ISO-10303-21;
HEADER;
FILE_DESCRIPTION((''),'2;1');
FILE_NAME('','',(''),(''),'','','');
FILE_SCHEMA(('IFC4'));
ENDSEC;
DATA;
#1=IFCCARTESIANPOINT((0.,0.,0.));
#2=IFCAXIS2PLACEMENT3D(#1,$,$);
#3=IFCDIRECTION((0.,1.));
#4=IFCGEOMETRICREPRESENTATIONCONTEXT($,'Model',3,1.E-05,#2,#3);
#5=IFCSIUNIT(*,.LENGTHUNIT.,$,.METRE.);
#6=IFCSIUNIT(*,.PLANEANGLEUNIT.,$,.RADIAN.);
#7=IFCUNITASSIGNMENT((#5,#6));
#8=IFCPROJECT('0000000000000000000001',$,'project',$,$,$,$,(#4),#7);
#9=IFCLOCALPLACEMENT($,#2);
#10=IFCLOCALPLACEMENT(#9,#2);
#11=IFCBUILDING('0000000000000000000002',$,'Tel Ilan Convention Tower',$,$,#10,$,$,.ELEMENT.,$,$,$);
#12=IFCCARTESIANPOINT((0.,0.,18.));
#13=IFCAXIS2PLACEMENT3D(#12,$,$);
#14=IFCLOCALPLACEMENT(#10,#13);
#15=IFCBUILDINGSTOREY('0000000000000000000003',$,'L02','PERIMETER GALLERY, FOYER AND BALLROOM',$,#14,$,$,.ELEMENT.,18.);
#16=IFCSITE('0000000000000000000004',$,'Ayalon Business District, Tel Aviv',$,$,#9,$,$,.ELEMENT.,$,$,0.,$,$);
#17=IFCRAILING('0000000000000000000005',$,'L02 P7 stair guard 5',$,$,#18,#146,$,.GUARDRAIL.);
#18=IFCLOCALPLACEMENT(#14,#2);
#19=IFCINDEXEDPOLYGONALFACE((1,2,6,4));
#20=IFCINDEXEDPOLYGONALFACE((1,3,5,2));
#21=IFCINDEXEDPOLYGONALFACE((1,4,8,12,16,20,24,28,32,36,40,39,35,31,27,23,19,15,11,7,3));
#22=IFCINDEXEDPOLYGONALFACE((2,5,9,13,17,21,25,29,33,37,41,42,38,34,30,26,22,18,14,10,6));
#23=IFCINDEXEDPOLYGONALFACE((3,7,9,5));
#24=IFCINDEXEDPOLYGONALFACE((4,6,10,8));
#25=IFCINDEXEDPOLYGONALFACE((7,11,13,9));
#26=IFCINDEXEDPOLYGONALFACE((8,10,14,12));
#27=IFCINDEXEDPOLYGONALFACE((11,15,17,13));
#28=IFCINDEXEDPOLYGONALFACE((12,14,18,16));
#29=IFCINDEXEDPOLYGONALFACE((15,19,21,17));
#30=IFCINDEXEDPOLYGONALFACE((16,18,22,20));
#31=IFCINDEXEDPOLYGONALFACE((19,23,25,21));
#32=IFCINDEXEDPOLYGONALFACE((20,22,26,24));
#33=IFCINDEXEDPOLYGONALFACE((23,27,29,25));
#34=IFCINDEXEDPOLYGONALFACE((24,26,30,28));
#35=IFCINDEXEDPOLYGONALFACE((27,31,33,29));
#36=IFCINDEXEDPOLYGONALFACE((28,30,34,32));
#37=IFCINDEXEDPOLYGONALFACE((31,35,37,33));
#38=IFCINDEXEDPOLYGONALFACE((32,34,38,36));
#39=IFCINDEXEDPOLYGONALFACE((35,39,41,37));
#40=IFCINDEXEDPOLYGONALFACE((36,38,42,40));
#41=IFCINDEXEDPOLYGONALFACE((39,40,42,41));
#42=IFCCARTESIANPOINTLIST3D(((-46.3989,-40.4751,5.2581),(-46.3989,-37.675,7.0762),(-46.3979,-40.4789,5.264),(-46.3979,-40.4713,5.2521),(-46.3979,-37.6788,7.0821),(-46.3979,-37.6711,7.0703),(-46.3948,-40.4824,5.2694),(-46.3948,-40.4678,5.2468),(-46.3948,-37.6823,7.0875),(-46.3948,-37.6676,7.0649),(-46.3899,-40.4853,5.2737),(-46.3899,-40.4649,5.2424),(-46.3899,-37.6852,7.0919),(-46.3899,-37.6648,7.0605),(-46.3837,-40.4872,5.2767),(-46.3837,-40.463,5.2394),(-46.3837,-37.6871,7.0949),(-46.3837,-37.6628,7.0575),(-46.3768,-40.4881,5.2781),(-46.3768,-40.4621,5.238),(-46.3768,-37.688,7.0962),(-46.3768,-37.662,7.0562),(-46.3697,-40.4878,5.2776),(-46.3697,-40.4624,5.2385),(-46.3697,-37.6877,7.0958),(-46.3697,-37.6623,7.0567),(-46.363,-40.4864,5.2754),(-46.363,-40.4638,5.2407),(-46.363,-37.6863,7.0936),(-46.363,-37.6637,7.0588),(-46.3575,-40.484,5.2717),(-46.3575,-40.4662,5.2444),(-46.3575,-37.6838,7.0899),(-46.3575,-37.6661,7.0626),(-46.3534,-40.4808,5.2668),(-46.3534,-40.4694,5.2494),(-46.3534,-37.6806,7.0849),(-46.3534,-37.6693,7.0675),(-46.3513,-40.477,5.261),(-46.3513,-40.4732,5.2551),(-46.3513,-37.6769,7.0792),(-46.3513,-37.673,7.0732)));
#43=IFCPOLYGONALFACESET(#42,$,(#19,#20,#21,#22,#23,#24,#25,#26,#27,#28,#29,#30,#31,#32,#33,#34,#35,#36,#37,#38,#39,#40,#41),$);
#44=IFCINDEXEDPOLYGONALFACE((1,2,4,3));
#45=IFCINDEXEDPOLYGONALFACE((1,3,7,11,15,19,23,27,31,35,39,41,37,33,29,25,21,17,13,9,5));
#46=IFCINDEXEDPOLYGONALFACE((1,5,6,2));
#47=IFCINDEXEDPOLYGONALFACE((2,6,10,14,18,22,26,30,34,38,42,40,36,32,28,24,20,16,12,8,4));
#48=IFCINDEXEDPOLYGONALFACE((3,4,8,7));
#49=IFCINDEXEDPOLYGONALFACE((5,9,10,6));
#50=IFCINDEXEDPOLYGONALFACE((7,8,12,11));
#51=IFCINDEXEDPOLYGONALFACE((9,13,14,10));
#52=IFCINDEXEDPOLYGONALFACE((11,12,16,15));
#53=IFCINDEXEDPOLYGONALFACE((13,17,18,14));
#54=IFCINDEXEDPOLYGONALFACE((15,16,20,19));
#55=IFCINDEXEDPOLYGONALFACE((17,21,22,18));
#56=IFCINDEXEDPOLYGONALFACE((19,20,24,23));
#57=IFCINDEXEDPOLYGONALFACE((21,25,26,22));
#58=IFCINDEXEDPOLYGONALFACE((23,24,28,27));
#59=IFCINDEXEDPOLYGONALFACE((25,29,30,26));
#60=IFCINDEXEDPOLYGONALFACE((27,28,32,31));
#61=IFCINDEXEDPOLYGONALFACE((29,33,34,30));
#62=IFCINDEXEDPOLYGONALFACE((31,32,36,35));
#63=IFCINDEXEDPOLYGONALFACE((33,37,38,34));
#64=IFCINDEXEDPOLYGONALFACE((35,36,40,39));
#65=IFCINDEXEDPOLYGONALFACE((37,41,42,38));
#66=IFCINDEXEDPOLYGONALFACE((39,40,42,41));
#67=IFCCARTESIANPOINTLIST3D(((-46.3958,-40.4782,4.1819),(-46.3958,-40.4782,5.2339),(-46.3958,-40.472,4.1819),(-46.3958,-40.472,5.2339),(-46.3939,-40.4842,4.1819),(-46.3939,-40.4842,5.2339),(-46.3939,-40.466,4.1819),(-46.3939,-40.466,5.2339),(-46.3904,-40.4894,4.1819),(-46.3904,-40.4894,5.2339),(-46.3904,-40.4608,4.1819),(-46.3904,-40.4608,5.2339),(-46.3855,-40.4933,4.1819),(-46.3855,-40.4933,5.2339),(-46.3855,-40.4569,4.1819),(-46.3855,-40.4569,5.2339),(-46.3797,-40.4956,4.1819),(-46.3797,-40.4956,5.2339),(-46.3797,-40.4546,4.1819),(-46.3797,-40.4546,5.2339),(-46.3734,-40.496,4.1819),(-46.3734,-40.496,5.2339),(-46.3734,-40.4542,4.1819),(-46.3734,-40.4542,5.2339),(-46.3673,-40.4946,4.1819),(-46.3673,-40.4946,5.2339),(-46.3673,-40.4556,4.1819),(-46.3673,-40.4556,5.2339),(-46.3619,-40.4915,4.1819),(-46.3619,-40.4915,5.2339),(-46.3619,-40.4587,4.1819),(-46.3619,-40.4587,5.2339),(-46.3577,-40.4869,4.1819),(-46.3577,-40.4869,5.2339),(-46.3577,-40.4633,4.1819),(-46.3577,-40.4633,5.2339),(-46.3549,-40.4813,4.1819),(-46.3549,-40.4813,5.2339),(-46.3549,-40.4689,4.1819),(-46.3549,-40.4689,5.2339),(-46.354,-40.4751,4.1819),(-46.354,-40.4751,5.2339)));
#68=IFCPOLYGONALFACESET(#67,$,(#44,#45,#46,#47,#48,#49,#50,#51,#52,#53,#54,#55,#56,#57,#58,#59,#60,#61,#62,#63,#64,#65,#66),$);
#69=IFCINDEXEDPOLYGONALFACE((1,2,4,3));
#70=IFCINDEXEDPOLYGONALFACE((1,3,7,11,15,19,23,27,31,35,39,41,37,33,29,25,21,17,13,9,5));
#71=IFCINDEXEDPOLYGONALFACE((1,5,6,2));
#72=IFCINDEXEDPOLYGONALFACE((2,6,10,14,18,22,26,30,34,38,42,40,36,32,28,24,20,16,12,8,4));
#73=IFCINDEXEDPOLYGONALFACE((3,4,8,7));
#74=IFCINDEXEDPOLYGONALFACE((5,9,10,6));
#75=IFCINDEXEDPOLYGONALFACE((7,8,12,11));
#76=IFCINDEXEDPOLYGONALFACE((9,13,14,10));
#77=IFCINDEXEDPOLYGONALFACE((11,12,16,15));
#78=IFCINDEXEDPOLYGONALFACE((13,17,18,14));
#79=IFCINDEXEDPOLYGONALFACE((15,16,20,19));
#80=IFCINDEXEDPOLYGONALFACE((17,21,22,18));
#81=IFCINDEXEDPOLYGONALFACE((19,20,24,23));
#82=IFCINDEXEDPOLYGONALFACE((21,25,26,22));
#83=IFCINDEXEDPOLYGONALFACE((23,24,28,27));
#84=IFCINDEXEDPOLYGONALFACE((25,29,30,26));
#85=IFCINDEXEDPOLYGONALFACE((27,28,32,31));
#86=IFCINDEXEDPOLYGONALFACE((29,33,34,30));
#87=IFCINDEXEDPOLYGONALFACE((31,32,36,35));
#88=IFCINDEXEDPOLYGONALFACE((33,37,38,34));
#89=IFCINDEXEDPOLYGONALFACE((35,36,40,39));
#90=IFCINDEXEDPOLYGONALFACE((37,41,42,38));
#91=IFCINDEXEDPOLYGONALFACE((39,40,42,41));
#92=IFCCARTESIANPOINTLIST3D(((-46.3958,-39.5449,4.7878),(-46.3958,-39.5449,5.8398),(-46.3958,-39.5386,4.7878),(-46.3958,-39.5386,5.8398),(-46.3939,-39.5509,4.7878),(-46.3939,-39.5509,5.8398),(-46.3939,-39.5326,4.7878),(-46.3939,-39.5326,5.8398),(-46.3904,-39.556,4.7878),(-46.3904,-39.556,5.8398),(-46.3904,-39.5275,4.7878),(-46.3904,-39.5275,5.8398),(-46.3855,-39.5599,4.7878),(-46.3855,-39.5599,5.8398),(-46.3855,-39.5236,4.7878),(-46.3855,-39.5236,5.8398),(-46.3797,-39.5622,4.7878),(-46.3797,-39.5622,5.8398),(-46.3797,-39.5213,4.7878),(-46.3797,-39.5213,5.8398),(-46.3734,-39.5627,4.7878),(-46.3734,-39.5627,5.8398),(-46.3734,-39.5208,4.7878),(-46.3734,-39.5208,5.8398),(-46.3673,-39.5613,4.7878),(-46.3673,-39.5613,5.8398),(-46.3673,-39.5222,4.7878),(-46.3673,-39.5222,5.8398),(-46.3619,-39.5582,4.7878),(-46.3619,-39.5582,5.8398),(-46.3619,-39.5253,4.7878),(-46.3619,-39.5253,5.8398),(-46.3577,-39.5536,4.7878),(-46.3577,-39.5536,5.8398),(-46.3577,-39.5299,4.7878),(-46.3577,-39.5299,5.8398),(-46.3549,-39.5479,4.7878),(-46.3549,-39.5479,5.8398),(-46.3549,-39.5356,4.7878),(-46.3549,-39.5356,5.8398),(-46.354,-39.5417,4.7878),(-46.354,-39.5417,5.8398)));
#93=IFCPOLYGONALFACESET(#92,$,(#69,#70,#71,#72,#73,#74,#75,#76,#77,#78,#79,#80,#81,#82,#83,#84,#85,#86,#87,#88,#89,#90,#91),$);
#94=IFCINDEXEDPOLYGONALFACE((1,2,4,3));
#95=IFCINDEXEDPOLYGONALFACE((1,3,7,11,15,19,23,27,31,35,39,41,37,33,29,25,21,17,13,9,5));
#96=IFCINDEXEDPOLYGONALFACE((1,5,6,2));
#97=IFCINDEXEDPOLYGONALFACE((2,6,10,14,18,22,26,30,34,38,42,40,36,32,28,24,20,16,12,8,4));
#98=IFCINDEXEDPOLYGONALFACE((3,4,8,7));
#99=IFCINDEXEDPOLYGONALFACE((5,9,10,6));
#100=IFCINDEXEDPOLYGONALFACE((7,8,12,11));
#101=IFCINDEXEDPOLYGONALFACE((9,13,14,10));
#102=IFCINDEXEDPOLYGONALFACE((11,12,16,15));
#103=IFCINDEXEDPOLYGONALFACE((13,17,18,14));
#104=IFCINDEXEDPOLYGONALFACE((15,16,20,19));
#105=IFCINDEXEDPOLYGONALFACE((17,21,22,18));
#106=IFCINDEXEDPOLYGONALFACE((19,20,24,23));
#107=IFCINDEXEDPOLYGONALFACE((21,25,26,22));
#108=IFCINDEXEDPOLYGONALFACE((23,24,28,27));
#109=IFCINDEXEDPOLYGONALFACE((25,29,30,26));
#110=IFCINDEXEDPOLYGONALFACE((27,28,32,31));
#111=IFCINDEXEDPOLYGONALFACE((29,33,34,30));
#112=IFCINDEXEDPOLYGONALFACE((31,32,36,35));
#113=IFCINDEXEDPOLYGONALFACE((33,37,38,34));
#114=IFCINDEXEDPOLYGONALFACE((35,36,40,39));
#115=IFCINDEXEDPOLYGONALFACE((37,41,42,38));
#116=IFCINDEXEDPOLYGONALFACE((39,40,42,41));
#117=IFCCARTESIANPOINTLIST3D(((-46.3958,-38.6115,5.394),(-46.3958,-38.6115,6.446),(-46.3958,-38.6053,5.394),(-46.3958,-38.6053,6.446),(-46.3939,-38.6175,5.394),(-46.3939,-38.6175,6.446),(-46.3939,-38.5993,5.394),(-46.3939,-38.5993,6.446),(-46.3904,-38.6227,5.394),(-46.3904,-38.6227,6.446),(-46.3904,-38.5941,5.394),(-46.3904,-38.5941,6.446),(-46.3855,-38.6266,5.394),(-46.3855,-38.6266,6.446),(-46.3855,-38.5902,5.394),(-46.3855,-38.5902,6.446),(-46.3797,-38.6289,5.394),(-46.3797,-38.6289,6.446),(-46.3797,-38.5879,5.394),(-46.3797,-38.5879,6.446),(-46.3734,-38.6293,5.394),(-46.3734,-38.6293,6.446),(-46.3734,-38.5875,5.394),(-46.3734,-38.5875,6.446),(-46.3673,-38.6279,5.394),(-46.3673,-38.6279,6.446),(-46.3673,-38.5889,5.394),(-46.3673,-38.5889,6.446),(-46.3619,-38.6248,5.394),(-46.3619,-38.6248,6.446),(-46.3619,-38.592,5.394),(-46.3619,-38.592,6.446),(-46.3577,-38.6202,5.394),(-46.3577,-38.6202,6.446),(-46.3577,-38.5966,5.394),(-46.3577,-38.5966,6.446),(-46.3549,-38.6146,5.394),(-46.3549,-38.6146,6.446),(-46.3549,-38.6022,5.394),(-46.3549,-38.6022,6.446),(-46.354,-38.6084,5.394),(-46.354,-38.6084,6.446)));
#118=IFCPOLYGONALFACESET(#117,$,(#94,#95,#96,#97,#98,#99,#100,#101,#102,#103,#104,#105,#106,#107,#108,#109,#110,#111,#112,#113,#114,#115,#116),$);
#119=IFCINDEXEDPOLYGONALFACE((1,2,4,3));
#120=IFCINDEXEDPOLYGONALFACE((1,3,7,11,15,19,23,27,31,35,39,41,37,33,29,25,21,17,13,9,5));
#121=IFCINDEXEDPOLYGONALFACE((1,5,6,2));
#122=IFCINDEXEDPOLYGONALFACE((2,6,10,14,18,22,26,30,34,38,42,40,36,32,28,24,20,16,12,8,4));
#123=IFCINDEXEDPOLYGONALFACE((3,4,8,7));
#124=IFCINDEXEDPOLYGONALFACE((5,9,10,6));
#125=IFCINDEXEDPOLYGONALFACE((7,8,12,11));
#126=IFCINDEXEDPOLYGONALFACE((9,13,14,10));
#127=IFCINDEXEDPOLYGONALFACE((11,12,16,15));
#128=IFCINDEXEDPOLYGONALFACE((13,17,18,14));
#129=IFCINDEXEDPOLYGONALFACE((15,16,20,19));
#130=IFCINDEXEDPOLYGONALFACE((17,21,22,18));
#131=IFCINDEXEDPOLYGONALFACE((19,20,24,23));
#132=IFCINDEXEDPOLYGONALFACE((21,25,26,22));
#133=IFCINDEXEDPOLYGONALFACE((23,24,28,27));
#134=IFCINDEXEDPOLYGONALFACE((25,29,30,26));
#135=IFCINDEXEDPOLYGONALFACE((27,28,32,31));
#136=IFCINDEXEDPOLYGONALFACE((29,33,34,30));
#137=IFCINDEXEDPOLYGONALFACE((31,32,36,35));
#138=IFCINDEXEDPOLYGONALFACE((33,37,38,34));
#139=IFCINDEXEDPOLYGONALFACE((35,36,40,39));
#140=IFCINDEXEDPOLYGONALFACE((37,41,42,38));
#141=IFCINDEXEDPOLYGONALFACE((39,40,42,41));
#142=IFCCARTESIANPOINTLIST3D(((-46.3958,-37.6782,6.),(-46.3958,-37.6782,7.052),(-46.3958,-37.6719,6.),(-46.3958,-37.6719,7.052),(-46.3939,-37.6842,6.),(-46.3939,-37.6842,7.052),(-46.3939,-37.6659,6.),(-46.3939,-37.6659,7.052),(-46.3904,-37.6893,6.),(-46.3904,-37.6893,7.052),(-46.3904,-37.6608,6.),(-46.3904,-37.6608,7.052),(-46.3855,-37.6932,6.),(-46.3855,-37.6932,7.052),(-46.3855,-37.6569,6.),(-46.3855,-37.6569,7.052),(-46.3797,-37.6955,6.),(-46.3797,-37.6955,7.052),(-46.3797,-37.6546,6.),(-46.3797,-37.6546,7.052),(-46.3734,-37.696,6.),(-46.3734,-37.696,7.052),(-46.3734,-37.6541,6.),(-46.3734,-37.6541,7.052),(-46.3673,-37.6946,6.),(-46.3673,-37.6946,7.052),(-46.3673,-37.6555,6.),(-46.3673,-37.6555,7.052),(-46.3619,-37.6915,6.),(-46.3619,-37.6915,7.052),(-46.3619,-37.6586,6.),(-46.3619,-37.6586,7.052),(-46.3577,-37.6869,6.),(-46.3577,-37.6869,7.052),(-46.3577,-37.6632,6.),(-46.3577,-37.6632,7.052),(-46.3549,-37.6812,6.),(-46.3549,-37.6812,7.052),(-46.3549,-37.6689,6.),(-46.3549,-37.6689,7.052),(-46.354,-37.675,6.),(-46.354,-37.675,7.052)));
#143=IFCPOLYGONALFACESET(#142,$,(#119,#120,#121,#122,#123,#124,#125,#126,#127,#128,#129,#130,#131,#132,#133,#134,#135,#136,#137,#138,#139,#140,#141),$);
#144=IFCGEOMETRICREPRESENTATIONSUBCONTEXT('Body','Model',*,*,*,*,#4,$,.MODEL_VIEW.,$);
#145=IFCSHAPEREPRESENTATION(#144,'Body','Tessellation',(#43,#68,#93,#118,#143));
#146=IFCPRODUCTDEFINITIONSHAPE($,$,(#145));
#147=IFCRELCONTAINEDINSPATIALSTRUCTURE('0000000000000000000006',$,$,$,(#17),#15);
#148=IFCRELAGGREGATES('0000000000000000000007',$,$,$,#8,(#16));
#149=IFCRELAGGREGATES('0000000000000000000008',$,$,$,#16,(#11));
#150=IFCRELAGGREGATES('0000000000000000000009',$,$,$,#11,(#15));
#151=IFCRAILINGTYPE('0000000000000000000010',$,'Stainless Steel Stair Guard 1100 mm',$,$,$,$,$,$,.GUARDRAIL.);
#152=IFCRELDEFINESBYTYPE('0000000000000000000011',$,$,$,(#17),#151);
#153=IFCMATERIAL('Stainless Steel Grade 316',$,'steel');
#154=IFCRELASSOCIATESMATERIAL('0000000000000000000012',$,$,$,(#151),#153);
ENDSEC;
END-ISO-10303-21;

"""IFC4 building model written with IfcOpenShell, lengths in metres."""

from ifc_helpers import new_model, si_unit, direction, frame, origin, origin_2d, place, context, subcontext, project, spatial, circle, extrude, material, type_object, element, save


model = new_model("IFC4")

# Units and contexts
model_context = context("Model", 3, precision=1e-05, world=origin(), true_north=direction((0.0, 1.0)))
body_context = subcontext(model_context, "Body", "Model", "MODEL_VIEW")
ifc_project = project(units=[si_unit("LENGTHUNIT", "METRE"), si_unit("PLANEANGLEUNIT", "RADIAN")], contexts=[model_context])

# Site, building, storey
site_placement = place(None, origin())
site = spatial("IfcSite", under=ifc_project, at=site_placement, Name="Ayalon Business District, Tel Aviv", CompositionType="ELEMENT", RefElevation=0.0)
building_placement = place(site_placement, origin())
building = spatial("IfcBuilding", under=site, at=building_placement, Name="Tel Ilan Convention Tower", CompositionType="ELEMENT")
storey_placement = place(building_placement, frame((0.0, 0.0, 18.0)))
storey = spatial("IfcBuildingStorey", under=building, at=storey_placement, Name="L02", Description="PERIMETER GALLERY, FOYER AND BALLROOM", CompositionType="ELEMENT", Elevation=18.0)

# Railing
ifc_material_1 = material(Name="Stainless Steel Grade 316", Category="steel")
railing_type_1 = type_object("IfcRailingType", Name="Stainless Steel Stair Guard 1100 mm", PredefinedType="GUARDRAIL", material=ifc_material_1)
railing_1_placement = place(storey_placement, frame((-46.375, -40.4751, 4.1819)))
element("IfcRailing", 1, at=railing_1_placement, inside=storey, type_object=railing_type_1, Name="L02 P7 stair guard 5", PredefinedType="GUARDRAIL", context=body_context, shape_type="SweptSolid", body=[
    extrude(circle(Radius=0.0239, at=origin_2d()), frame((0.0, 0.0, 1.0762), z_axis=(0.0, 0.838706, 0.544585), x_axis=(-1.0, 0.0, 0.0)), (0.0, 0.0, 1.0), 3.3386),
    extrude(circle(Radius=0.021, at=origin_2d()), origin(), (0.0, 0.0, 1.0), 1.052),
    extrude(circle(Radius=0.021, at=origin_2d()), frame((0.0, 0.9333, 0.606)), (0.0, 0.0, 1.0), 1.052),
    extrude(circle(Radius=0.021, at=origin_2d()), frame((0.0, 1.8667, 1.2122)), (0.0, 0.0, 1.0), 1.052),
    extrude(circle(Radius=0.021, at=origin_2d()), frame((0.0, 2.8, 1.8181)), (0.0, 0.0, 1.0), 1.052),
])

save(model, "model.ifc")
